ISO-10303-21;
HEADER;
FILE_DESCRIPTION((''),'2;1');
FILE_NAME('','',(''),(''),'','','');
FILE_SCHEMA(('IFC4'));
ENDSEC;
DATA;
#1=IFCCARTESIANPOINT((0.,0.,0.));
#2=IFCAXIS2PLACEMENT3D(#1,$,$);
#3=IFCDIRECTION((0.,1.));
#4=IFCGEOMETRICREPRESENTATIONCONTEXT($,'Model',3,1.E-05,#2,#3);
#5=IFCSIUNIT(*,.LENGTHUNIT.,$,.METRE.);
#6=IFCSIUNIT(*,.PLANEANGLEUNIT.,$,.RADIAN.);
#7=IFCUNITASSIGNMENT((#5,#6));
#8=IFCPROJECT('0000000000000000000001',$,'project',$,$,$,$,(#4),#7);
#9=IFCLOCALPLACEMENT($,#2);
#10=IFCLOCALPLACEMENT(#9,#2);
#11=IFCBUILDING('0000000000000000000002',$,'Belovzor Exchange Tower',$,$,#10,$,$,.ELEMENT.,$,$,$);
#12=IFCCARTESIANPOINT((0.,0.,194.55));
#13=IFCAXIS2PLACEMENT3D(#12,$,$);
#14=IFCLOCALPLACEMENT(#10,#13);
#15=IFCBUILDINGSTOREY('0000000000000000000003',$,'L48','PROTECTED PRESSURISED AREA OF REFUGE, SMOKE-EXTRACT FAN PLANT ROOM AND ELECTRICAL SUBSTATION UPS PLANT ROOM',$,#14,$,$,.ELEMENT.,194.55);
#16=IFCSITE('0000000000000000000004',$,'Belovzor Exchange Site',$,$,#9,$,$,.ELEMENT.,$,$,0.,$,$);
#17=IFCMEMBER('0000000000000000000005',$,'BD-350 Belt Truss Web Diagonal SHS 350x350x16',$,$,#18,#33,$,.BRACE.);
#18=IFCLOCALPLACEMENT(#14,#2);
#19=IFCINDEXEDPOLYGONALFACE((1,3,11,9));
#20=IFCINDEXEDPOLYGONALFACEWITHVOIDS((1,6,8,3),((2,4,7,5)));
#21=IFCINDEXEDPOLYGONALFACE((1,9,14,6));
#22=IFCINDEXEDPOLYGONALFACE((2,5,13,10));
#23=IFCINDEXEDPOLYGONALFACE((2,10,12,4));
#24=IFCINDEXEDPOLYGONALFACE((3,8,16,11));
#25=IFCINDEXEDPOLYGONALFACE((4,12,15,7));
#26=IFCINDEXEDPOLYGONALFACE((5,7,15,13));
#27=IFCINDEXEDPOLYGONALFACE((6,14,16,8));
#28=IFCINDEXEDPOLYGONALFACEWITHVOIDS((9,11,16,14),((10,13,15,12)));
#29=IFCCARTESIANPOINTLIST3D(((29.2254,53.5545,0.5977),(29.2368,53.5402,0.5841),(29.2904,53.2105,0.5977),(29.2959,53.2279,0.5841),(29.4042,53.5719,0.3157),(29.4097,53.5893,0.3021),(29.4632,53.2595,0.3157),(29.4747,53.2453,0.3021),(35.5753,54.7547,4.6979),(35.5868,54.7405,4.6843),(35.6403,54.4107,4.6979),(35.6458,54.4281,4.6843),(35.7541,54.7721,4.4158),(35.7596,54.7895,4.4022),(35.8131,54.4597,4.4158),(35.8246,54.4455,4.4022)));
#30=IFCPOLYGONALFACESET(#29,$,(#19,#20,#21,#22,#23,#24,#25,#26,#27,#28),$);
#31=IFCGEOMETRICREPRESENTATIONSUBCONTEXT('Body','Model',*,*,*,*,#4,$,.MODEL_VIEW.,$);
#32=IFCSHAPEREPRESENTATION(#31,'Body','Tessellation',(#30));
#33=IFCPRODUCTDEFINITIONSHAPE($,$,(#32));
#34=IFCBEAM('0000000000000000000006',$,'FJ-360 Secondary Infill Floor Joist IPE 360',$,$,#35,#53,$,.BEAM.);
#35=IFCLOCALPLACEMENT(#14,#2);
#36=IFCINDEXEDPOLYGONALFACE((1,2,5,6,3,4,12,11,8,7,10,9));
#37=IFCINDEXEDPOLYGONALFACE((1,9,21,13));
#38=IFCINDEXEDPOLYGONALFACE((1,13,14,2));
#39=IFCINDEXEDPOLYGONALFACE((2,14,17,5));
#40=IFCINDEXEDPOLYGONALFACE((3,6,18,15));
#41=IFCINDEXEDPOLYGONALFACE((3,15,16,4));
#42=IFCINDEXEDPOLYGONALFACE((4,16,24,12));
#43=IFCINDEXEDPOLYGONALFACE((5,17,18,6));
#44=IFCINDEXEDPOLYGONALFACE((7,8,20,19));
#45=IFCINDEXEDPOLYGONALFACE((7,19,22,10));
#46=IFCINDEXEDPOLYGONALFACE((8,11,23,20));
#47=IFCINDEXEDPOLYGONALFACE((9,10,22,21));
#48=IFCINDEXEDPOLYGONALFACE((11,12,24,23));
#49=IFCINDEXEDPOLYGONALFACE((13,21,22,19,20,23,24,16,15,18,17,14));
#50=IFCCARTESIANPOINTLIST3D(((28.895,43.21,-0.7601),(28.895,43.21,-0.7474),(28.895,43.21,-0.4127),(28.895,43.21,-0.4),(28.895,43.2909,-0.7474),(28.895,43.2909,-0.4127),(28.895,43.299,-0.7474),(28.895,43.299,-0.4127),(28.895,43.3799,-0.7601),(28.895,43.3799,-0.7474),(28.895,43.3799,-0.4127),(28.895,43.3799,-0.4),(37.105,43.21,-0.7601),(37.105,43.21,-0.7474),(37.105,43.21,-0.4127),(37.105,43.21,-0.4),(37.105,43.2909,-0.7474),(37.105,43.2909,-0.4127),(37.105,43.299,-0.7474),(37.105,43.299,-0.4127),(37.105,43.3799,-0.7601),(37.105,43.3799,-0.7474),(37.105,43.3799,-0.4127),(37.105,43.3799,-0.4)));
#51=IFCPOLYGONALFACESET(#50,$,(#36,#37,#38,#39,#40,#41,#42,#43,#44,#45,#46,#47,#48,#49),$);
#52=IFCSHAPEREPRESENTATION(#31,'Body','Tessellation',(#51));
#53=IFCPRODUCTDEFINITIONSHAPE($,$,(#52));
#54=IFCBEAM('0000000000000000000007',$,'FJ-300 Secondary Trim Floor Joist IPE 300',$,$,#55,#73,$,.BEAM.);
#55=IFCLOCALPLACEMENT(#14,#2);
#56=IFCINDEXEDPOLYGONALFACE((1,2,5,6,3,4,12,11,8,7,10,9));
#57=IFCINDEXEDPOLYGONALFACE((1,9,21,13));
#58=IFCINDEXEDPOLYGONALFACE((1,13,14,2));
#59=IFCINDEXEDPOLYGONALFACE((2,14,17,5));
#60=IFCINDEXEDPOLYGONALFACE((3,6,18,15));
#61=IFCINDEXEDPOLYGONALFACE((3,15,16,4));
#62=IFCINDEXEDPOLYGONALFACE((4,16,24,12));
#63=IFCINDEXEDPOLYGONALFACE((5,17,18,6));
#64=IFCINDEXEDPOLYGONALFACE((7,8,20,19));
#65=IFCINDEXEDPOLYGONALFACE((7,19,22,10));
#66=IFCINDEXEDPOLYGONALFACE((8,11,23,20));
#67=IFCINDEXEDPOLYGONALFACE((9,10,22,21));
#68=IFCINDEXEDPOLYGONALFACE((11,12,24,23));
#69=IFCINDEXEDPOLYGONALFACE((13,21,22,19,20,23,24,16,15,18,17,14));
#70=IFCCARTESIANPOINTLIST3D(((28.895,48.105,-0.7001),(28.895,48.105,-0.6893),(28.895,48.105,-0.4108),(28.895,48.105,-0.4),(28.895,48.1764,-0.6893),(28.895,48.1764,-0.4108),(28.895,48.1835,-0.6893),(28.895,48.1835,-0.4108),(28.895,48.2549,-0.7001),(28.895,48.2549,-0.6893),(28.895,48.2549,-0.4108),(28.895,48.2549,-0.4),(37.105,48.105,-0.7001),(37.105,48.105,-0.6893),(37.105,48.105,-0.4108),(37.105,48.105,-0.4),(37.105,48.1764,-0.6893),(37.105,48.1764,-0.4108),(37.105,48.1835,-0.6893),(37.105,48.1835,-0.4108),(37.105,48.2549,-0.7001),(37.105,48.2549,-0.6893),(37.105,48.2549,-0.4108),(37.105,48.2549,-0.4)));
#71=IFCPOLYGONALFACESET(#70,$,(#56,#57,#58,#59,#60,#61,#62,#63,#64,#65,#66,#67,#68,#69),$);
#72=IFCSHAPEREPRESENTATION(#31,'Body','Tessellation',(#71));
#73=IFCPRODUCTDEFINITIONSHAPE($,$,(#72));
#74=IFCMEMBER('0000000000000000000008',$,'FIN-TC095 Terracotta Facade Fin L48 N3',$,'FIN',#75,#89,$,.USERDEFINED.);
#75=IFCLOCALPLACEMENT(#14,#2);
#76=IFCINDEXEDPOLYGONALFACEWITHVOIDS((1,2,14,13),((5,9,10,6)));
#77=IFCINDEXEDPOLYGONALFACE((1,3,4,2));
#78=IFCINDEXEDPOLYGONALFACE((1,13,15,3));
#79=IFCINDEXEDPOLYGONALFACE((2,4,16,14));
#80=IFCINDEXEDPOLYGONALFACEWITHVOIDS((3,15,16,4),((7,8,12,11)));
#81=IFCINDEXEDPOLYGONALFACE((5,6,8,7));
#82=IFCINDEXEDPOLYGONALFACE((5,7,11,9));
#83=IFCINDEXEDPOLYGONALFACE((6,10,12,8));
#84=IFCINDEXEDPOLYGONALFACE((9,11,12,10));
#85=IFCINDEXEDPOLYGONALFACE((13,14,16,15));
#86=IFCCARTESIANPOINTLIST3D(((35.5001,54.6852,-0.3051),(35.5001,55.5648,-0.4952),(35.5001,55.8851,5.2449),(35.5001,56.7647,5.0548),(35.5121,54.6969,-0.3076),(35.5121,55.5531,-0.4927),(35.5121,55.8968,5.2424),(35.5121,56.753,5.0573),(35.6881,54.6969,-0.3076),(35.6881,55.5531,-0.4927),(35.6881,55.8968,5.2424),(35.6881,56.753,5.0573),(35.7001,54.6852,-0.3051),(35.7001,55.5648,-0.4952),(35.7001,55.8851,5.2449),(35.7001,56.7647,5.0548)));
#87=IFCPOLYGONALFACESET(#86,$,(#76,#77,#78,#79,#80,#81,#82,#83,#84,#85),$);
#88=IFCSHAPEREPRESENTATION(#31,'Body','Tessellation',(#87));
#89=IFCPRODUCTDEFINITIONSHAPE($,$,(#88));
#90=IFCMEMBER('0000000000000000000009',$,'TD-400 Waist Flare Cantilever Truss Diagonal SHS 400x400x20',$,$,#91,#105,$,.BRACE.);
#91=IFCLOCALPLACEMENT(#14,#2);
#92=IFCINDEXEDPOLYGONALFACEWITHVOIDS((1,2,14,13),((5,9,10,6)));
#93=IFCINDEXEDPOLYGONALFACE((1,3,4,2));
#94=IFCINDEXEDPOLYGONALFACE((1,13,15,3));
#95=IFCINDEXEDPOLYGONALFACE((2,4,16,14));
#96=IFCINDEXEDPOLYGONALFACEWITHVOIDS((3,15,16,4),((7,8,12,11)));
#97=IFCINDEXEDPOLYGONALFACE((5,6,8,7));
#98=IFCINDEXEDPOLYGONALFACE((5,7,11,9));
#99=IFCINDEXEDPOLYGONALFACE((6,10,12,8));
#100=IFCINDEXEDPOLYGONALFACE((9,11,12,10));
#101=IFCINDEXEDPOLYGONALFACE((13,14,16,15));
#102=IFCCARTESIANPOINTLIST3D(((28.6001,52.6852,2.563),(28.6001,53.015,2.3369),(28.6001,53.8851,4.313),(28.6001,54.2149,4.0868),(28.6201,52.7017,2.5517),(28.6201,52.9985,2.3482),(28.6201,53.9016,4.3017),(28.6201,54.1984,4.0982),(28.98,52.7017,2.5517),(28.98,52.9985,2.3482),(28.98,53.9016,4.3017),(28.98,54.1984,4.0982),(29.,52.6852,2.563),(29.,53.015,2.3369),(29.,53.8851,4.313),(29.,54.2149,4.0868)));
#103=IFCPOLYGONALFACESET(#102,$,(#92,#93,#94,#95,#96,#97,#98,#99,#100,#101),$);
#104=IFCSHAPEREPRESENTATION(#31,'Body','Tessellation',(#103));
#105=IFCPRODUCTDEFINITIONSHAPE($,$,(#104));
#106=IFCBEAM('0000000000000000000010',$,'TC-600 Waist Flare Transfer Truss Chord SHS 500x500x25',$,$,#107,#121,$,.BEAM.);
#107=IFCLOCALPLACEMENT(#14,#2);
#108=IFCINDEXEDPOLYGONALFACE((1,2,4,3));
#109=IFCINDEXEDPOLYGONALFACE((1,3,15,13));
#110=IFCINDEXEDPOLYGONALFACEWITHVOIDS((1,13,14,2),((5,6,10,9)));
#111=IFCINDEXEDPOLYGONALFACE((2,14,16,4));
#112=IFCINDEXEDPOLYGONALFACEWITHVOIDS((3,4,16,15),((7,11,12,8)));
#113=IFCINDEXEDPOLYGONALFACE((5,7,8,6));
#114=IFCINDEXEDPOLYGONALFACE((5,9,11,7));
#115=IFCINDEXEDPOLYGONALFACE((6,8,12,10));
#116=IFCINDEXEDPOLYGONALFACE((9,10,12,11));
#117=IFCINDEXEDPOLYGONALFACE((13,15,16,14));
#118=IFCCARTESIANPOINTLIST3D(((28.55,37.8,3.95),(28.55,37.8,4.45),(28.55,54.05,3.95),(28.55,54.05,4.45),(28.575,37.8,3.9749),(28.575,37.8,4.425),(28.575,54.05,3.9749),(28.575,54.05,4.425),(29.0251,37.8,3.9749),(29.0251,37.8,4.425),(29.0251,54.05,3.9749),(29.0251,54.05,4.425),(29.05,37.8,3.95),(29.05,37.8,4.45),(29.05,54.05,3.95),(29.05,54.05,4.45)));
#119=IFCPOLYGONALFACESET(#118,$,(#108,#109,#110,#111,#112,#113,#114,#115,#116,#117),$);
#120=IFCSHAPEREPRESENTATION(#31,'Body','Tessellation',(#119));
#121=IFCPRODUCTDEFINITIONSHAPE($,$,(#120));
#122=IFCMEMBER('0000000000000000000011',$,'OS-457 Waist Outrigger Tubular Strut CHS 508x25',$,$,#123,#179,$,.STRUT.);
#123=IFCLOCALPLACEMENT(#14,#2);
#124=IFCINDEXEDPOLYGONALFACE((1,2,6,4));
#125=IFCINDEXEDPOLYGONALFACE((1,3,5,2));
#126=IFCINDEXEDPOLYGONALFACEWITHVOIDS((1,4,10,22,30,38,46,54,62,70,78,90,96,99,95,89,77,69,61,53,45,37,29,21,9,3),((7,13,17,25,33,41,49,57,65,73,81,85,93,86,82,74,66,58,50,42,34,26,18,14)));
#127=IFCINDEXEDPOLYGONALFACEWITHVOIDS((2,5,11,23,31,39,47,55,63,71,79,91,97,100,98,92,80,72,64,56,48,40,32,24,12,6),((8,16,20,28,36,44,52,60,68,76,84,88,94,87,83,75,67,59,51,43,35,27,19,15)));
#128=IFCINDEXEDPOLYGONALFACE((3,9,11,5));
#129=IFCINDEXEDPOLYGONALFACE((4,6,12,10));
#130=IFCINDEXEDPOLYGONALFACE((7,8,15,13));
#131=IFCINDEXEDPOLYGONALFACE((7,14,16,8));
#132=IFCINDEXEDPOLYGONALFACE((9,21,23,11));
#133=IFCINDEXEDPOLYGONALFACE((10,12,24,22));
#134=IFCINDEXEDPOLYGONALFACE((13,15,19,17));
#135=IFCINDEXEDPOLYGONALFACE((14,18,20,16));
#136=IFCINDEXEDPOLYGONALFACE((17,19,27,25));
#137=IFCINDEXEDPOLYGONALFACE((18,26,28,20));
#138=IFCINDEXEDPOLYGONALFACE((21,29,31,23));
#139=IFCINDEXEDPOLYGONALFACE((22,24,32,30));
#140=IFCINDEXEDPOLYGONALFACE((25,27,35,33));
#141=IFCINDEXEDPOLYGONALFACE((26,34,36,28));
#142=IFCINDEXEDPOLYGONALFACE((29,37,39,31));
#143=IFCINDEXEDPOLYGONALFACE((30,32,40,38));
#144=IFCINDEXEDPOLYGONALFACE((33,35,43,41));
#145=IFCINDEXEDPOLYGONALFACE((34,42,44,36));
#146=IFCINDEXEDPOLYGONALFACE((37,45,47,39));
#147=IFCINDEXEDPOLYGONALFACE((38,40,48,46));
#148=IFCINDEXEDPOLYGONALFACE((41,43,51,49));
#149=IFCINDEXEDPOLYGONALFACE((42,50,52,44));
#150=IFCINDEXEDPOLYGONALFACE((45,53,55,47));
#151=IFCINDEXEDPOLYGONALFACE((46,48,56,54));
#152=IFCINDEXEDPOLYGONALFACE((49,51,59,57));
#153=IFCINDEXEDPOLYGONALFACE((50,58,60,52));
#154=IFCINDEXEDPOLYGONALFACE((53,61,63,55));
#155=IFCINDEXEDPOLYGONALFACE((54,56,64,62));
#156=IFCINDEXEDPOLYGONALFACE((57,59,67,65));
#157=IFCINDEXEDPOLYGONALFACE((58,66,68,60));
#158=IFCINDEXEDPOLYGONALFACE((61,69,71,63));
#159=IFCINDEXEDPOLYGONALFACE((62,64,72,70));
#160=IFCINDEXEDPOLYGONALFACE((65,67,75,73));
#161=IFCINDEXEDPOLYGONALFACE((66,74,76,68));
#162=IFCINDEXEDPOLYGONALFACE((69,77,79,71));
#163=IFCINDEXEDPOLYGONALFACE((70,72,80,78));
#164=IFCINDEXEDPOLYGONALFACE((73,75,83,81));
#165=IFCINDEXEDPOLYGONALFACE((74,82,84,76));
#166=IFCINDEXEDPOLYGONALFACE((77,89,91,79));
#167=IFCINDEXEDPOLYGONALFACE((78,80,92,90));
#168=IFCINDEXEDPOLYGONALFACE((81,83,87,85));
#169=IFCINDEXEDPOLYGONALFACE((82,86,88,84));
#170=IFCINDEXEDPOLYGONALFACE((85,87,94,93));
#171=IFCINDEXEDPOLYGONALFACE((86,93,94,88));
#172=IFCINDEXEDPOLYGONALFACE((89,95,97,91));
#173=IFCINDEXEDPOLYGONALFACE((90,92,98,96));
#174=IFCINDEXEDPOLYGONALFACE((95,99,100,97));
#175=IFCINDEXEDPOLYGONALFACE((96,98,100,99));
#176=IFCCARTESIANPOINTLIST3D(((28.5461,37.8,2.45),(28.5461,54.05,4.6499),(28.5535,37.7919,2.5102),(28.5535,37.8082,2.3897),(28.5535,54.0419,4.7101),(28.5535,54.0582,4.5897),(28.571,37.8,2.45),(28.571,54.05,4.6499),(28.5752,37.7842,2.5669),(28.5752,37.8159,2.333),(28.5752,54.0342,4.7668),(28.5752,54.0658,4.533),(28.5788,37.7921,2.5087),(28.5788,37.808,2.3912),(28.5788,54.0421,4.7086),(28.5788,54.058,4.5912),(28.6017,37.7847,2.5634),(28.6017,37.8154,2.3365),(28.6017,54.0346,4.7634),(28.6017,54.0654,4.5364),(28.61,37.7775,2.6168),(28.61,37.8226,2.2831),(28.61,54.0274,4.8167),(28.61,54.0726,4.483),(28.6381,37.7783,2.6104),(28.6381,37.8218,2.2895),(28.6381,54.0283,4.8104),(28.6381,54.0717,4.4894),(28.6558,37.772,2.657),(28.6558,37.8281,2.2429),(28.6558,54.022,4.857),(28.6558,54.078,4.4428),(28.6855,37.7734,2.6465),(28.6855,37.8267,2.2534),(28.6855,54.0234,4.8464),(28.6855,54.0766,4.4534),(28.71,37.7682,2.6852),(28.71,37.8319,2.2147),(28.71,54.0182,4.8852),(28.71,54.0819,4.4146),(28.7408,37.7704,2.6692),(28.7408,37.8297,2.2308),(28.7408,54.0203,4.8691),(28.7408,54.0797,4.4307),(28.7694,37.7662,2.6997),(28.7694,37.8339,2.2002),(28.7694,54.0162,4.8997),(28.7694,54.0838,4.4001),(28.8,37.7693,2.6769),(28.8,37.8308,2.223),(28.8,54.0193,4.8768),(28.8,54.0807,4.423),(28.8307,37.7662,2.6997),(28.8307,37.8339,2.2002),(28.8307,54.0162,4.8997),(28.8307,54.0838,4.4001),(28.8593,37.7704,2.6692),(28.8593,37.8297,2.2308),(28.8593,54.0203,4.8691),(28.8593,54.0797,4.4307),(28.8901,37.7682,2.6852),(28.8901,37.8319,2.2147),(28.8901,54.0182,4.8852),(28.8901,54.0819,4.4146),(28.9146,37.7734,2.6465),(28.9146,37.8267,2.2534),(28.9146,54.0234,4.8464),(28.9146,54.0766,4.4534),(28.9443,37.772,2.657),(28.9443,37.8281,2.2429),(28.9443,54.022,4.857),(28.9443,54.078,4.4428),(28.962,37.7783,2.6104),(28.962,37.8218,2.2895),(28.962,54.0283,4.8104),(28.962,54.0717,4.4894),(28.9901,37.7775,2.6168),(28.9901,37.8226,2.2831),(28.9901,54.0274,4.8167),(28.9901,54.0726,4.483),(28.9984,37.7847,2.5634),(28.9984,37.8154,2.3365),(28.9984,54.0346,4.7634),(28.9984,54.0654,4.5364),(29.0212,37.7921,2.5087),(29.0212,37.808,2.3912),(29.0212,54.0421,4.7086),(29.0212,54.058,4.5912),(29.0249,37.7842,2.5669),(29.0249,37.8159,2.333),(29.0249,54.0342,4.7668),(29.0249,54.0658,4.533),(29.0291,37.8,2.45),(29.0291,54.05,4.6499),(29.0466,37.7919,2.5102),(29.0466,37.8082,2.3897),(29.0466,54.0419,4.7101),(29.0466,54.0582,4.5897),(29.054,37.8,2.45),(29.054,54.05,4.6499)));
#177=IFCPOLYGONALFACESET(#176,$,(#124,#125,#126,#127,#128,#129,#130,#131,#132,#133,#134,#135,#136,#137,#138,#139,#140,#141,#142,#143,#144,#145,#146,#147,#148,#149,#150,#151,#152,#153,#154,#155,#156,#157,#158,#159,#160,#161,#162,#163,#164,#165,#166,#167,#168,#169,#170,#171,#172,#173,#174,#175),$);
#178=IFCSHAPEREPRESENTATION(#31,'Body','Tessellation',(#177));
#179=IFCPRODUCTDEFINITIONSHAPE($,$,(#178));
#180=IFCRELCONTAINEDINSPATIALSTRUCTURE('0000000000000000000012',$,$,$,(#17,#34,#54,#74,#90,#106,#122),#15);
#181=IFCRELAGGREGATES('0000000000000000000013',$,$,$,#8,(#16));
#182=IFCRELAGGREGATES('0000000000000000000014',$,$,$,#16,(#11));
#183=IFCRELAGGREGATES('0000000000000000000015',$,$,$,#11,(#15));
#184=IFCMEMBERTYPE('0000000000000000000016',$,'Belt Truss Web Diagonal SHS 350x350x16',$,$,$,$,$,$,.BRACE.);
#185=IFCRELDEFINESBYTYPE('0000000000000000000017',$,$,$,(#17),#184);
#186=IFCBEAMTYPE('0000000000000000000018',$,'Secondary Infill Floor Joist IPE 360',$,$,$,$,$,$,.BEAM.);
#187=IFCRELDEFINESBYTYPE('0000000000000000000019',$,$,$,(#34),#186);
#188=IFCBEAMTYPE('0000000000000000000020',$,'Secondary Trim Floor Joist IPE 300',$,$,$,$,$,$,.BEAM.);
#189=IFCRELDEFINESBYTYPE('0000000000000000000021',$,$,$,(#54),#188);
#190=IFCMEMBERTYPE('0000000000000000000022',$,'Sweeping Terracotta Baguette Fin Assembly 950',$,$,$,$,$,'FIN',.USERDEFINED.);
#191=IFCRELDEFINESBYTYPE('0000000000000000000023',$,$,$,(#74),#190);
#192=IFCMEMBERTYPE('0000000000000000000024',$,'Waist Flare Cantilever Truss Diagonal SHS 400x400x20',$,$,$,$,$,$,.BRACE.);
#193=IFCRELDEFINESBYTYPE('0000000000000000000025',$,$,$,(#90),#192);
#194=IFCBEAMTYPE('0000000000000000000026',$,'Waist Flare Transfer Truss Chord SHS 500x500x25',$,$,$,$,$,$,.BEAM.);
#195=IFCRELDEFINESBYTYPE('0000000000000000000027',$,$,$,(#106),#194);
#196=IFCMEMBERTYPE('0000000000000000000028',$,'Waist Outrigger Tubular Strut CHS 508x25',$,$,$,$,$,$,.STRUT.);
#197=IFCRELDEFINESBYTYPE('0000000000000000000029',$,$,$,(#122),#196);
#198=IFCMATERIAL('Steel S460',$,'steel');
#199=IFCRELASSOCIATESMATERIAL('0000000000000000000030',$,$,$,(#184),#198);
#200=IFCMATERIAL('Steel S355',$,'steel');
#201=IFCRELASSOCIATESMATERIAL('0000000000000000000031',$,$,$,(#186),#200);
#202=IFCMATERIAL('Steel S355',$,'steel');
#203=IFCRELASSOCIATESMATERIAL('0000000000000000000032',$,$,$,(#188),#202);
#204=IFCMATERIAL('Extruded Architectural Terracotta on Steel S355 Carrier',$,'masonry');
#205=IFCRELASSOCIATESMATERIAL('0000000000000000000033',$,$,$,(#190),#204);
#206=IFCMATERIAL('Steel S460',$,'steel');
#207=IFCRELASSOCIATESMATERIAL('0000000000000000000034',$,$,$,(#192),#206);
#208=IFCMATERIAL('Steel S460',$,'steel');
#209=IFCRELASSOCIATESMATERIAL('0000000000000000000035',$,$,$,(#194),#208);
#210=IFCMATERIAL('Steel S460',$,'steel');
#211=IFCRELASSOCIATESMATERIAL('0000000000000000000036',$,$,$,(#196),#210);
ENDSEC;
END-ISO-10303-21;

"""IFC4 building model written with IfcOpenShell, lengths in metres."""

from ifc_helpers import new_model, si_unit, direction, frame, origin, origin_2d, place, context, subcontext, project, spatial, hollow_rectangle, hollow_circle, i_section, extrude, material, material_profile, profile_set, type_object, element, save


model = new_model("IFC4")

# Units and contexts
model_context = context("Model", 3, precision=1e-05, world=origin(), true_north=direction((0.0, 1.0)))
body_context = subcontext(model_context, "Body", "Model", "MODEL_VIEW")
ifc_project = project(units=[si_unit("LENGTHUNIT", "METRE"), si_unit("PLANEANGLEUNIT", "RADIAN")], contexts=[model_context])

# Site, building, storey
site_placement = place(None, origin())
site = spatial("IfcSite", under=ifc_project, at=site_placement, Name="Belovzor Exchange Site", CompositionType="ELEMENT", RefElevation=0.0)
building_placement = place(site_placement, origin())
building = spatial("IfcBuilding", under=site, at=building_placement, Name="Belovzor Exchange Tower", CompositionType="ELEMENT")
storey_placement = place(building_placement, frame((0.0, 0.0, 194.55)))
storey = spatial("IfcBuildingStorey", under=building, at=storey_placement, Name="L48", Description="PROTECTED PRESSURISED AREA OF REFUGE, SMOKE-EXTRACT FAN PLANT ROOM AND ELECTRICAL SUBSTATION UPS PLANT ROOM", CompositionType="ELEMENT", Elevation=194.55)

# Member
ifc_material_1 = material(Name="Steel S460", Category="steel")
ifc_material_profile_1 = material_profile(ifc_material_1, hollow_rectangle(XDim=0.3501, YDim=0.3501, WallThickness=0.0161, at=origin_2d()))
ifc_profile_set_1 = profile_set([ifc_material_profile_1], Name="Steel S460")
member_type_1 = type_object("IfcMemberType", Name="Belt Truss Web Diagonal SHS 350x350x16", PredefinedType="BRACE", material=ifc_profile_set_1)
member_1_placement = place(storey_placement, frame((35.7, 54.6001, 4.55), z_axis=(-0.829696, -0.156822, -0.535734), x_axis=(0.185723, -0.982602, 0.0)))
element("IfcMember", 1, at=member_1_placement, inside=storey, type_object=member_type_1, Name="BD-350 Belt Truss Web Diagonal SHS 350x350x16", PredefinedType="BRACE", context=body_context, shape_type="SweptSolid", body=[
    extrude(hollow_rectangle(XDim=0.3501, YDim=0.3501, WallThickness=0.0161, at=origin_2d()), origin(), (0.0, 0.0, 1.0), 7.6533),
])

# Beams
ifc_material_2 = material(Name="Steel S355", Category="steel")
ifc_material_profile_2 = material_profile(ifc_material_2, i_section(OverallWidth=0.1699, OverallDepth=0.3601, WebThickness=0.0081, FlangeThickness=0.0127, at=origin_2d()))
ifc_profile_set_2 = profile_set([ifc_material_profile_2], Name="Steel S355")
beam_type_1 = type_object("IfcBeamType", Name="Secondary Infill Floor Joist IPE 360", PredefinedType="BEAM", material=ifc_profile_set_2)
beam_1_placement = place(storey_placement, frame((28.895, 43.2949, -0.5801), z_axis=(1.0, 0.0, 0.0), x_axis=(0.0, 1.0, 0.0)))
element("IfcBeam", 2, at=beam_1_placement, inside=storey, type_object=beam_type_1, Name="FJ-360 Secondary Infill Floor Joist IPE 360", PredefinedType="BEAM", context=body_context, shape_type="SweptSolid", body=[
    extrude(i_section(OverallWidth=0.1699, OverallDepth=0.3601, WebThickness=0.0081, FlangeThickness=0.0127, at=origin_2d()), origin(), (0.0, 0.0, 1.0), 8.21),
])
ifc_material_3 = material(Name="Steel S355", Category="steel")
ifc_material_profile_3 = material_profile(ifc_material_3, i_section(OverallWidth=0.1499, OverallDepth=0.3, WebThickness=0.0071, FlangeThickness=0.0107, at=origin_2d()))
ifc_profile_set_3 = profile_set([ifc_material_profile_3], Name="Steel S355")
beam_type_2 = type_object("IfcBeamType", Name="Secondary Trim Floor Joist IPE 300", PredefinedType="BEAM", material=ifc_profile_set_3)
beam_2_placement = place(storey_placement, frame((28.895, 48.1799, -0.55), z_axis=(1.0, 0.0, 0.0), x_axis=(0.0, 1.0, 0.0)))
element("IfcBeam", 3, at=beam_2_placement, inside=storey, type_object=beam_type_2, Name="FJ-300 Secondary Trim Floor Joist IPE 300", PredefinedType="BEAM", context=body_context, shape_type="SweptSolid", body=[
    extrude(i_section(OverallWidth=0.1499, OverallDepth=0.3, WebThickness=0.0071, FlangeThickness=0.0107, at=origin_2d()), origin(), (0.0, 0.0, 1.0), 8.21),
])

# Members
ifc_material_4 = material(Name="Extruded Architectural Terracotta on Steel S355 Carrier", Category="masonry")
ifc_material_profile_4 = material_profile(ifc_material_4, hollow_rectangle(XDim=0.2, YDim=0.8999, WallThickness=0.012, at=origin_2d()))
ifc_profile_set_4 = profile_set([ifc_material_profile_4], Name="Extruded Architectural Terracotta on Steel S355 Carrier")
member_type_2 = type_object("IfcMemberType", Name="Sweeping Terracotta Baguette Fin Assembly 950", ElementType="FIN", PredefinedType="USERDEFINED", material=ifc_profile_set_4)
member_2_placement = place(storey_placement, frame((35.6001, 55.125, -0.4001), z_axis=(0.0, 0.211323, 0.977416), x_axis=(-1.0, 0.0, 0.0)))
element("IfcMember", 4, at=member_2_placement, inside=storey, type_object=member_type_2, Name="FIN-TC095 Terracotta Facade Fin L48 N3", ObjectType="FIN", PredefinedType="USERDEFINED", context=body_context, shape_type="SweptSolid", body=[
    extrude(hollow_rectangle(XDim=0.2, YDim=0.8999, WallThickness=0.012, at=origin_2d()), origin(), (0.0, 0.0, 1.0), 5.6782),
])
ifc_material_5 = material(Name="Steel S460", Category="steel")
ifc_material_profile_5 = material_profile(ifc_material_5, hollow_rectangle(XDim=0.3999, YDim=0.3999, WallThickness=0.02, at=origin_2d()))
ifc_profile_set_5 = profile_set([ifc_material_profile_5], Name="Steel S460")
member_type_3 = type_object("IfcMemberType", Name="Waist Flare Cantilever Truss Diagonal SHS 400x400x20", PredefinedType="BRACE", material=ifc_profile_set_5)
member_3_placement = place(storey_placement, frame((28.8, 52.8501, 2.45), z_axis=(0.0, 0.565513, 0.82474), x_axis=(-1.0, 0.0, 0.0)))
element("IfcMember", 5, at=member_3_placement, inside=storey, type_object=member_type_3, Name="TD-400 Waist Flare Cantilever Truss Diagonal SHS 400x400x20", PredefinedType="BRACE", context=body_context, shape_type="SweptSolid", body=[
    extrude(hollow_rectangle(XDim=0.3999, YDim=0.3999, WallThickness=0.02, at=origin_2d()), origin(), (0.0, 0.0, 1.0), 2.1218),
])

# Beam
ifc_material_6 = material(Name="Steel S460", Category="steel")
ifc_material_profile_6 = material_profile(ifc_material_6, hollow_rectangle(XDim=0.5, YDim=0.5, WallThickness=0.0249, at=origin_2d()))
ifc_profile_set_6 = profile_set([ifc_material_profile_6], Name="Steel S460")
beam_type_3 = type_object("IfcBeamType", Name="Waist Flare Transfer Truss Chord SHS 500x500x25", PredefinedType="BEAM", material=ifc_profile_set_6)
beam_3_placement = place(storey_placement, frame((28.8, 37.8, 4.2), z_axis=(0.0, 1.0, 0.0), x_axis=(-1.0, 0.0, 0.0)))
element("IfcBeam", 6, at=beam_3_placement, inside=storey, type_object=beam_type_3, Name="TC-600 Waist Flare Transfer Truss Chord SHS 500x500x25", PredefinedType="BEAM", context=body_context, shape_type="SweptSolid", body=[
    extrude(hollow_rectangle(XDim=0.5, YDim=0.5, WallThickness=0.0249, at=origin_2d()), origin(), (0.0, 0.0, 1.0), 16.25),
])

# Member
ifc_material_7 = material(Name="Steel S460", Category="steel")
ifc_material_profile_7 = material_profile(ifc_material_7, hollow_circle(Radius=0.2539, WallThickness=0.0249, at=origin_2d()))
ifc_profile_set_7 = profile_set([ifc_material_profile_7], Name="Steel S460")
member_type_4 = type_object("IfcMemberType", Name="Waist Outrigger Tubular Strut CHS 508x25", PredefinedType="STRUT", material=ifc_profile_set_7)
member_4_placement = place(storey_placement, frame((28.8, 37.8, 2.45), z_axis=(0.0, 0.99096, 0.134158), x_axis=(-1.0, 0.0, 0.0)))
element("IfcMember", 7, at=member_4_placement, inside=storey, type_object=member_type_4, Name="OS-457 Waist Outrigger Tubular Strut CHS 508x25", PredefinedType="STRUT", context=body_context, shape_type="SweptSolid", body=[
    extrude(hollow_circle(Radius=0.2539, WallThickness=0.0249, at=origin_2d()), origin(), (0.0, 0.0, 1.0), 16.3982),
])

save(model, "model.ifc")
